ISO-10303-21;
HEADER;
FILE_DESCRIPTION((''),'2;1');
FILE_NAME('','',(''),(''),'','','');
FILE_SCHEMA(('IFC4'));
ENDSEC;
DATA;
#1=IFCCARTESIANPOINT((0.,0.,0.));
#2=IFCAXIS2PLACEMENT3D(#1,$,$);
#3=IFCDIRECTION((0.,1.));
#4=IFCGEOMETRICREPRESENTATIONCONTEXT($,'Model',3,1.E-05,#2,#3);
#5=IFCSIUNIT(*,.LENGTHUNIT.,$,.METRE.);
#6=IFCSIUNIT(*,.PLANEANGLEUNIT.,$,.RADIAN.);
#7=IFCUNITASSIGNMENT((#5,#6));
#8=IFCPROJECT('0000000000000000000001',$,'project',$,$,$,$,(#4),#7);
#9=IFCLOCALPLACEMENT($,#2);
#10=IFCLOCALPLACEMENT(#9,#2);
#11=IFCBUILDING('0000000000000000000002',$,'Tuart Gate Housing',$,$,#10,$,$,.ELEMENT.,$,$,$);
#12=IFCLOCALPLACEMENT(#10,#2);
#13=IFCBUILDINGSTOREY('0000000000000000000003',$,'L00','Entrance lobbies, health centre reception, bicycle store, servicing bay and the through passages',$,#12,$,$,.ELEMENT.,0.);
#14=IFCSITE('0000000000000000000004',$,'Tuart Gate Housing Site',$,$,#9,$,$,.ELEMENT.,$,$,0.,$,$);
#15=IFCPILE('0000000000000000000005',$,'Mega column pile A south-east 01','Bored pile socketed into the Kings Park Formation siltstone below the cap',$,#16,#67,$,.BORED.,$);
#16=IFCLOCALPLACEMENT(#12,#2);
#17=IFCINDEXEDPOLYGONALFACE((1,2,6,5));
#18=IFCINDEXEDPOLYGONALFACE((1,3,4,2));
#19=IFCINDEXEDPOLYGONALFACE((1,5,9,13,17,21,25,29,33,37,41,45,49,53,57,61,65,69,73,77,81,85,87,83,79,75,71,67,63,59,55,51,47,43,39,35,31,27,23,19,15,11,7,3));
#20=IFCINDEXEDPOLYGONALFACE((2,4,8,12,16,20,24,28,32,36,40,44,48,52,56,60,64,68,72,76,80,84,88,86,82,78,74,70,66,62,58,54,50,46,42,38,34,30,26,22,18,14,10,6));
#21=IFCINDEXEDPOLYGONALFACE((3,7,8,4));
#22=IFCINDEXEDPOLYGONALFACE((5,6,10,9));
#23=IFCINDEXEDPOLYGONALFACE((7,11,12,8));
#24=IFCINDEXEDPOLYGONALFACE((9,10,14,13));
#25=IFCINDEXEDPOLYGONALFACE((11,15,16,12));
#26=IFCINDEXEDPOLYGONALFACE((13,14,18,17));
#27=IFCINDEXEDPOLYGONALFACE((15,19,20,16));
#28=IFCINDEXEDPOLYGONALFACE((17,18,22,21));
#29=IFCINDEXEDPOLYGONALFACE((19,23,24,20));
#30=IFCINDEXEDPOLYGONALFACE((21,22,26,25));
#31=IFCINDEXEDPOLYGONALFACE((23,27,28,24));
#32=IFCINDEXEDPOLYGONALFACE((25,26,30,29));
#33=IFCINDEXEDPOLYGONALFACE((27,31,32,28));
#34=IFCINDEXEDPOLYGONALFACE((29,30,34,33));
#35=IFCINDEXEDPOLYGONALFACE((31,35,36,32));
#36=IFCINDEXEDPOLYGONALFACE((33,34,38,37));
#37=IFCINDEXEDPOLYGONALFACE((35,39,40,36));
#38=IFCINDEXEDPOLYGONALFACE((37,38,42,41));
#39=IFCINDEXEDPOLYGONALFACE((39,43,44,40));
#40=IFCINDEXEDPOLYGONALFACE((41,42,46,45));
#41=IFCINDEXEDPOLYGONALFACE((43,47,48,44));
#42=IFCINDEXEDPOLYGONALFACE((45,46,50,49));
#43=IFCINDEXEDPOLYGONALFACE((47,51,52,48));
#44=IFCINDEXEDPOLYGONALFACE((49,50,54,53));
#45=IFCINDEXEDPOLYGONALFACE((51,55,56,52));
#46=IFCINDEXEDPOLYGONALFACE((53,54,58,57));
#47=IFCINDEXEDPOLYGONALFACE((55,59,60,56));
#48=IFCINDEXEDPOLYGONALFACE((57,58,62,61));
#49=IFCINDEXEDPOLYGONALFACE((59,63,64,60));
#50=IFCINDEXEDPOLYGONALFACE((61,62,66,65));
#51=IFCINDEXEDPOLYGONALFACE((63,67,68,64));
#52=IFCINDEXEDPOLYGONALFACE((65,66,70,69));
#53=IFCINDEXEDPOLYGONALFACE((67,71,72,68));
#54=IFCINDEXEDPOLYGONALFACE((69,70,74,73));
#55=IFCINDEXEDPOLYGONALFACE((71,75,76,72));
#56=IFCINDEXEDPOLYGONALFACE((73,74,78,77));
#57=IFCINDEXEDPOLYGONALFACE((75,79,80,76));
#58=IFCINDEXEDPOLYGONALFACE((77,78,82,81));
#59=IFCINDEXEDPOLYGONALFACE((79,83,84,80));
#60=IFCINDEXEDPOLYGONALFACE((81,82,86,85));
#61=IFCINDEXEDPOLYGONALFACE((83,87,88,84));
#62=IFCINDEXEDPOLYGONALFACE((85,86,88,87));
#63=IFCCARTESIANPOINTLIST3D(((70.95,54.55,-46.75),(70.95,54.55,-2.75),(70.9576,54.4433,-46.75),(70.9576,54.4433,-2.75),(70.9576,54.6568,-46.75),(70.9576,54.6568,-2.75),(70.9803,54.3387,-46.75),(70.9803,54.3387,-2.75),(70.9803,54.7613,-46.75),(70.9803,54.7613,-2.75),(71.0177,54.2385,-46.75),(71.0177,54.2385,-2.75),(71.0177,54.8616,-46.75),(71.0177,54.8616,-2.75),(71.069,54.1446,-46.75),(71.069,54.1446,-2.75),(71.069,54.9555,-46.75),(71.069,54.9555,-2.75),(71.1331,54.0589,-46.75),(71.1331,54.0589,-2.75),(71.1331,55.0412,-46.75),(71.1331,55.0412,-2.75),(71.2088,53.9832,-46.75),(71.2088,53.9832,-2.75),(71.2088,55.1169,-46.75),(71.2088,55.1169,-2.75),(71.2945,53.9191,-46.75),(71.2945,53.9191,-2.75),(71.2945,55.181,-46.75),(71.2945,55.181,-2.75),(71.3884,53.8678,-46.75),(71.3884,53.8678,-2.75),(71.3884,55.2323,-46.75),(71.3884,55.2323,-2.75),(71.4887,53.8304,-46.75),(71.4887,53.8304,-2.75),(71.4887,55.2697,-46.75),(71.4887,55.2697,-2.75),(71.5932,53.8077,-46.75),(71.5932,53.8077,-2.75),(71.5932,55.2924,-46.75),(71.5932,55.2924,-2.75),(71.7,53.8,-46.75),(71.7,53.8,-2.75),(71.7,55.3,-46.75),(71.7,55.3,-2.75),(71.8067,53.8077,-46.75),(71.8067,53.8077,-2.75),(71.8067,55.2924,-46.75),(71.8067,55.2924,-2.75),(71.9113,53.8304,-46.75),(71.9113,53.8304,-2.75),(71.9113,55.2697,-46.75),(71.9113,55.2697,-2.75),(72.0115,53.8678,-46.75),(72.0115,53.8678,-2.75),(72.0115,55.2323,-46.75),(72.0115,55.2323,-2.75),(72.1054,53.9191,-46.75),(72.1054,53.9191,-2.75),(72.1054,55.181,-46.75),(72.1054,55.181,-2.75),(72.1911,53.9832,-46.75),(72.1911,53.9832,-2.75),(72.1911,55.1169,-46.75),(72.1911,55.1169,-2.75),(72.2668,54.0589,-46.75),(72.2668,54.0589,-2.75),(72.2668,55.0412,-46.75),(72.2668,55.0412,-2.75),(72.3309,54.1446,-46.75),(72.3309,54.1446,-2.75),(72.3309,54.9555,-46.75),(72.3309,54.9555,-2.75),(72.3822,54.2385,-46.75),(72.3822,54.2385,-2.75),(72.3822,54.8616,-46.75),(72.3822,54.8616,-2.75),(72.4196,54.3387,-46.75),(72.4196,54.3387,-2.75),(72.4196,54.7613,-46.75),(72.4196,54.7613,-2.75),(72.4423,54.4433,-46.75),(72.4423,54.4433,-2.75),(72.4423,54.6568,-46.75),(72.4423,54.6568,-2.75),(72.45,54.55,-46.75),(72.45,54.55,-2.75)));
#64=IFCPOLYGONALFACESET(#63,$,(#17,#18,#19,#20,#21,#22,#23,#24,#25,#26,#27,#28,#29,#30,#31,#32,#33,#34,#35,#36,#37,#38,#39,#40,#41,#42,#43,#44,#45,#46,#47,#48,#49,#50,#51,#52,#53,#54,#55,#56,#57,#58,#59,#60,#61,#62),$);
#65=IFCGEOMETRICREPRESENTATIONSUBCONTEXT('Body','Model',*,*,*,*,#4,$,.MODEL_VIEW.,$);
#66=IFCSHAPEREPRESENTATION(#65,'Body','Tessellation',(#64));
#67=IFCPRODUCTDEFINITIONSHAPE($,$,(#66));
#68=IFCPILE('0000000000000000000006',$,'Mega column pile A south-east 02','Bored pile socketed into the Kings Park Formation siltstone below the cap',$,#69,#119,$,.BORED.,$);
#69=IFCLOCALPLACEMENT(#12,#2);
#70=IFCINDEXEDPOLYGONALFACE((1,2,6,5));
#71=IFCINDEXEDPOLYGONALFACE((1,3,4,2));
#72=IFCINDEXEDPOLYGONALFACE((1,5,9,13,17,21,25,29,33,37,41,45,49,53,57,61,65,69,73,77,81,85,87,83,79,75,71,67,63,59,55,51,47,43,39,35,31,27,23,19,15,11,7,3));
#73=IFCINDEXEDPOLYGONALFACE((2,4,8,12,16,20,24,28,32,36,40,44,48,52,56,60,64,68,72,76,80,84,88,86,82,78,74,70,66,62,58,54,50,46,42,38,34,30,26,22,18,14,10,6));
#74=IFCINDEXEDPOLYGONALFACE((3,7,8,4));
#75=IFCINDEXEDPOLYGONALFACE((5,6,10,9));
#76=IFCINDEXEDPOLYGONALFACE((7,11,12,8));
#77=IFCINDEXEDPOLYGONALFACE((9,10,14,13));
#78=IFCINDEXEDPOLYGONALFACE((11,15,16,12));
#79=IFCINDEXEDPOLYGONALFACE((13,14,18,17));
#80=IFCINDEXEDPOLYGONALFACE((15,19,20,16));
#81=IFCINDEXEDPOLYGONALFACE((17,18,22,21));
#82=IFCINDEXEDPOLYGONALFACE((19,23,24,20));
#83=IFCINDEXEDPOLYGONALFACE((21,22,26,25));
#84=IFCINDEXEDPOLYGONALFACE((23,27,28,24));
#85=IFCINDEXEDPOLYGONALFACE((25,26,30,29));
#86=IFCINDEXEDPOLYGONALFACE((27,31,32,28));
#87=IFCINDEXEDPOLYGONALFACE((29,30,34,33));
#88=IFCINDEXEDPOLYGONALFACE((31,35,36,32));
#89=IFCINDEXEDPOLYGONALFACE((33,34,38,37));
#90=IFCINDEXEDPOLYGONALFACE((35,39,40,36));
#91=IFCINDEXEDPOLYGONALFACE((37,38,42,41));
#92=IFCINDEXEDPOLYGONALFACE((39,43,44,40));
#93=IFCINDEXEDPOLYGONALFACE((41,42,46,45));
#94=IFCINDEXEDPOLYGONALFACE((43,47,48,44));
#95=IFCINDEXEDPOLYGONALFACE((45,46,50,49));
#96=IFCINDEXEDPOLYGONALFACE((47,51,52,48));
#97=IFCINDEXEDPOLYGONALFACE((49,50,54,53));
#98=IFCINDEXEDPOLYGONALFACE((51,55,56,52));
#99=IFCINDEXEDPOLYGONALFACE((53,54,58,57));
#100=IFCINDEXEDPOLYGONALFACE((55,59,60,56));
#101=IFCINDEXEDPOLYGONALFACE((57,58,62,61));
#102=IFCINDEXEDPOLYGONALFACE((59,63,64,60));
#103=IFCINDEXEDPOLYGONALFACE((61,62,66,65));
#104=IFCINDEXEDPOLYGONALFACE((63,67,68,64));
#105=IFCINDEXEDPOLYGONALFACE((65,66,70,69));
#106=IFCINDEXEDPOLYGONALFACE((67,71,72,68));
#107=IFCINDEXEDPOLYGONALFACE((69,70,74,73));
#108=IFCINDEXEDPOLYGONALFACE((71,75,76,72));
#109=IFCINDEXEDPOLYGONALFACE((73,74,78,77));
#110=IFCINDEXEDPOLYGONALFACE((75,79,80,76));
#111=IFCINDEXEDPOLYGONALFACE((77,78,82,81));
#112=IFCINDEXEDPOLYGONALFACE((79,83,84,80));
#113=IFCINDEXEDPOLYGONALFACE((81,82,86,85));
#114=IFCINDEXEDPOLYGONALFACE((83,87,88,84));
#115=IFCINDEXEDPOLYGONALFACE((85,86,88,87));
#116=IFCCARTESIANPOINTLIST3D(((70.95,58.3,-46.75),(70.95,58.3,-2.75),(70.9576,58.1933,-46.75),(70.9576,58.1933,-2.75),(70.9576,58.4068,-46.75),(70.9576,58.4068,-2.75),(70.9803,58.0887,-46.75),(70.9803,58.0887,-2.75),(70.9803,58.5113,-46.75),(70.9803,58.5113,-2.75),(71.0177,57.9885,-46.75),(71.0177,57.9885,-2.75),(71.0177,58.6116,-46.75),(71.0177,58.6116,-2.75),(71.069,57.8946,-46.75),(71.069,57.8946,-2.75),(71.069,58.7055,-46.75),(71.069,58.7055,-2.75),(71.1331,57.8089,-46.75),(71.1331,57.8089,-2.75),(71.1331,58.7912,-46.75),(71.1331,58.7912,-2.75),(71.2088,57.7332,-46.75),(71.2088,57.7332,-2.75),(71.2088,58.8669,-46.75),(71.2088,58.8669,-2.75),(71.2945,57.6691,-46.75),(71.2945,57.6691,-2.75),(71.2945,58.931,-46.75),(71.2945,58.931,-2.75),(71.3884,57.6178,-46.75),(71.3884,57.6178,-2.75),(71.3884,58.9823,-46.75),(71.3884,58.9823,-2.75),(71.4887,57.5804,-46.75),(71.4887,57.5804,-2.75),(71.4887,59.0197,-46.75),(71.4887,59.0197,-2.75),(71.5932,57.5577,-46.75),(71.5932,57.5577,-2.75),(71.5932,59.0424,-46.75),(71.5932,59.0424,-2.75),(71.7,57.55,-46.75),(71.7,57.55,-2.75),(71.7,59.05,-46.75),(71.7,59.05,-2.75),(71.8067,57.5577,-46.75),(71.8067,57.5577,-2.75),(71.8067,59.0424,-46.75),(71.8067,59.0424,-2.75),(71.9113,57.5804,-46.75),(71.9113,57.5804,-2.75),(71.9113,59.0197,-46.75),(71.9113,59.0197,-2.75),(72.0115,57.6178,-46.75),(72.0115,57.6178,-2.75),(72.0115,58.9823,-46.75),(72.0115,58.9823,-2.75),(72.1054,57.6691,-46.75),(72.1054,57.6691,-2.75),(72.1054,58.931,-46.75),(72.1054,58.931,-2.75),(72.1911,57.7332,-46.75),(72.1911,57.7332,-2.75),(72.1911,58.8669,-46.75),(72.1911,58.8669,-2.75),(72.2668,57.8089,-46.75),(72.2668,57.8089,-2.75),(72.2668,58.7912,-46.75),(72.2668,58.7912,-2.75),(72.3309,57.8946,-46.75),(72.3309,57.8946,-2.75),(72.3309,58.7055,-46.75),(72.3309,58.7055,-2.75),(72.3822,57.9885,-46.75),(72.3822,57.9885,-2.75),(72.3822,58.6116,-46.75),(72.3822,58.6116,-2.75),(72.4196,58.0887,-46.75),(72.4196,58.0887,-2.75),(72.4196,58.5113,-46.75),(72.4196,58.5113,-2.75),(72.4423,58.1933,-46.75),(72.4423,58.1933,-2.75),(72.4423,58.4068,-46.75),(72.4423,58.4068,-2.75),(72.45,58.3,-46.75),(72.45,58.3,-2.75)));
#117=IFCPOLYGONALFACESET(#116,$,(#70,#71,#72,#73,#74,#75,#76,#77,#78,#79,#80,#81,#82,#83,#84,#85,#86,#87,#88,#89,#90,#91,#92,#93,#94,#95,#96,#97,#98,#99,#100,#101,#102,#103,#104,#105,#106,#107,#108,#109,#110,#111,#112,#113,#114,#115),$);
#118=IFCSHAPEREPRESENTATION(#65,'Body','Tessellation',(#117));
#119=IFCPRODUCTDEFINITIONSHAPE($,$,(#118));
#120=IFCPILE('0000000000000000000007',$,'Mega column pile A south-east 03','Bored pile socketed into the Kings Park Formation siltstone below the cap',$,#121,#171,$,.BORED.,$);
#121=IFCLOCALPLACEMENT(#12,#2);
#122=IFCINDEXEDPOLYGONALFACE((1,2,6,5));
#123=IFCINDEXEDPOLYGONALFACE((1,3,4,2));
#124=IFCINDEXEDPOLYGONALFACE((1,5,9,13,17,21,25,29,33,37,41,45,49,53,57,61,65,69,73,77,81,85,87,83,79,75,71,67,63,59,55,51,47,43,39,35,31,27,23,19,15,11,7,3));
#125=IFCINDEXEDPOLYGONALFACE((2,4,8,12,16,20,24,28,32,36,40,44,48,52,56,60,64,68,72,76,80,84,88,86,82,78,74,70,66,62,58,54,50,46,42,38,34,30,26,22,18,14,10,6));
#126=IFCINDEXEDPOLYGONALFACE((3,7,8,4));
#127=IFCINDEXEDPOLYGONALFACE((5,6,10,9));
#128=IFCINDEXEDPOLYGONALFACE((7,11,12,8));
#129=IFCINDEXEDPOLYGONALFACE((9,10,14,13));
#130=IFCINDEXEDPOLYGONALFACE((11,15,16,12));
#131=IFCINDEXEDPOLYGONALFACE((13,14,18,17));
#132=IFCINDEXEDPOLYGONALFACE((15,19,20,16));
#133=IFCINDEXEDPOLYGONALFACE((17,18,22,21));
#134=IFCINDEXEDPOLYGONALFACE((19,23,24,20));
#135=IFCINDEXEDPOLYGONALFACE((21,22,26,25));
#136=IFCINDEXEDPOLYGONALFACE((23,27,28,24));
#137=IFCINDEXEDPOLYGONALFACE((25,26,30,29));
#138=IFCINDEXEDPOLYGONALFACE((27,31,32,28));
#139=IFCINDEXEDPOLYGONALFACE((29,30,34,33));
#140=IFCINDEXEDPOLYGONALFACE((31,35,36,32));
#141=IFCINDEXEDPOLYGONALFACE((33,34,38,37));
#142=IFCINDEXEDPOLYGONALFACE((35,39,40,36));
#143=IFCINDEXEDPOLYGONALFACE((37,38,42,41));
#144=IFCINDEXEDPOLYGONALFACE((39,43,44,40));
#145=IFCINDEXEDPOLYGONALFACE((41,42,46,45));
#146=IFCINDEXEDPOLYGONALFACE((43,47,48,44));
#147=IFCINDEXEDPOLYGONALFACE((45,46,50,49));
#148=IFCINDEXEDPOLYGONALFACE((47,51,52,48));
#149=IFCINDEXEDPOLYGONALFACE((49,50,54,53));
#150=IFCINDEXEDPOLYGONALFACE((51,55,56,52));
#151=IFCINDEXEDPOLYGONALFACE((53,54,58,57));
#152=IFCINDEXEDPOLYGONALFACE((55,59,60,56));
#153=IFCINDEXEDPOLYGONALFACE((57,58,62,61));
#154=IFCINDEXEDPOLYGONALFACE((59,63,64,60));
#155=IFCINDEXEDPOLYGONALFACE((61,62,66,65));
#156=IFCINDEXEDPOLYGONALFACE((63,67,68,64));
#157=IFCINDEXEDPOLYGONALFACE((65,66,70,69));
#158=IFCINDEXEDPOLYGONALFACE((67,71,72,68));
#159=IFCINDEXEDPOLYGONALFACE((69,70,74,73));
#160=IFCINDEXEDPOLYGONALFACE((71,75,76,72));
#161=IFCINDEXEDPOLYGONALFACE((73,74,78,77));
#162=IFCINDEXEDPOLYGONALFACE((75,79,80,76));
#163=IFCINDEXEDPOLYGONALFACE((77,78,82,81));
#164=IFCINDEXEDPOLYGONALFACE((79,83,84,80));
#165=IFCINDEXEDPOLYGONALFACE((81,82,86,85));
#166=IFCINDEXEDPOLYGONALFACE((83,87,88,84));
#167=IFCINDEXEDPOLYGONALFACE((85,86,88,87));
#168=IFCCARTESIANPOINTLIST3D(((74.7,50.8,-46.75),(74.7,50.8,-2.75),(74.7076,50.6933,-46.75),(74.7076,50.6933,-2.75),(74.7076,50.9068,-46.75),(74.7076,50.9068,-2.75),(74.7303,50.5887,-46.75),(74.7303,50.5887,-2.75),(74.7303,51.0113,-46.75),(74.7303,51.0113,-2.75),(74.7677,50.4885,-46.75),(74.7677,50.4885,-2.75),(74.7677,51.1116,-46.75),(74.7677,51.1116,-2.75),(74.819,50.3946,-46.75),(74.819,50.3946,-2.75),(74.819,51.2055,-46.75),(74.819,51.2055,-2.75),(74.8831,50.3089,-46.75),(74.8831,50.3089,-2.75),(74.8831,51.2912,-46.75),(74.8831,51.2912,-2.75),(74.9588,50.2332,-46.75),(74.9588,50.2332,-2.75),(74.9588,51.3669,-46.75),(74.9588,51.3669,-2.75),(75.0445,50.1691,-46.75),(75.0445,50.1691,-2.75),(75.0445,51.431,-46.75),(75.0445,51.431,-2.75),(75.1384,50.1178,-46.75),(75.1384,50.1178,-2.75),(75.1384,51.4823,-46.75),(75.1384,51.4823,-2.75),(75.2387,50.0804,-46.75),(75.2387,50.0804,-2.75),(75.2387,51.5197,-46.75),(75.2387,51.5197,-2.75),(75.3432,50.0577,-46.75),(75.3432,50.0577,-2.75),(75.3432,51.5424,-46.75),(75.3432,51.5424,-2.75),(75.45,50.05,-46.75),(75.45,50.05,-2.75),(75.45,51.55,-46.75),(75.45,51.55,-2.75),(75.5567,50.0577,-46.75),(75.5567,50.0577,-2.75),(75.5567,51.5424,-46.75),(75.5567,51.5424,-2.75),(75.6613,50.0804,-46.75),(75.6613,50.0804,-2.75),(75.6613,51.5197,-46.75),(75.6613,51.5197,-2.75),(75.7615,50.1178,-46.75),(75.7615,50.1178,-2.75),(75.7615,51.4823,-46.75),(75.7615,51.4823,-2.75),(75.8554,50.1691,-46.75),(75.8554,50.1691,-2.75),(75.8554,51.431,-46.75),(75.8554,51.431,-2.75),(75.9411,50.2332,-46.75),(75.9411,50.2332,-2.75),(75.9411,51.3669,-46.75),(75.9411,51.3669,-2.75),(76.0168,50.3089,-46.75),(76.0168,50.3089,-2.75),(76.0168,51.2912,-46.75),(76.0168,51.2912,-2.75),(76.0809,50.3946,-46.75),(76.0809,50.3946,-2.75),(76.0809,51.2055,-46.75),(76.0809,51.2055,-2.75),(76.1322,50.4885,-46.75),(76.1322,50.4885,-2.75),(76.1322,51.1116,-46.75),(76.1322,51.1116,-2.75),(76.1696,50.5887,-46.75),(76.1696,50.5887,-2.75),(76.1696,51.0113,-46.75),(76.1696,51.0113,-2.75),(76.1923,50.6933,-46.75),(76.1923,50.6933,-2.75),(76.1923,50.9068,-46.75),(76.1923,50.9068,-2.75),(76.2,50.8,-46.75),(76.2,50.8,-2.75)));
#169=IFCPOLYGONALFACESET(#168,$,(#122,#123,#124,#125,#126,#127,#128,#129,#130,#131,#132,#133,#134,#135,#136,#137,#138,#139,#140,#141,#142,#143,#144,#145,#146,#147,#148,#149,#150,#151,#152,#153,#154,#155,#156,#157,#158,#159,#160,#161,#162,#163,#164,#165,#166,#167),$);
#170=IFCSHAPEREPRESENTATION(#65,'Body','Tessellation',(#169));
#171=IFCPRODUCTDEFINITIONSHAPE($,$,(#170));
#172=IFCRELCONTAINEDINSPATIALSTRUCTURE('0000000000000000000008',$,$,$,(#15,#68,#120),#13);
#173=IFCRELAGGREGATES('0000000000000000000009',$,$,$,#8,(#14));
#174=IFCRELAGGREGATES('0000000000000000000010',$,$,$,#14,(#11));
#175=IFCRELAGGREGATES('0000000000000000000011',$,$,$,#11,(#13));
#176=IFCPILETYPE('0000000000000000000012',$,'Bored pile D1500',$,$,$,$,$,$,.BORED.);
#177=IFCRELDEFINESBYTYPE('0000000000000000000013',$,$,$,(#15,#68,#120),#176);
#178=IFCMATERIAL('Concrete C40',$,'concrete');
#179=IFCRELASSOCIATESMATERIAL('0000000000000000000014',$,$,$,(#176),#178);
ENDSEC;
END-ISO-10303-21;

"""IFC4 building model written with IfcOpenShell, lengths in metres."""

from ifc_helpers import new_model, si_unit, direction, frame, origin, origin_2d, place, context, subcontext, project, spatial, circle, extrude, material, material_profile, profile_set, type_object, element, save


model = new_model("IFC4")

# Units and contexts
model_context = context("Model", 3, precision=1e-05, world=origin(), true_north=direction((0.0, 1.0)))
body_context = subcontext(model_context, "Body", "Model", "MODEL_VIEW")
ifc_project = project(units=[si_unit("LENGTHUNIT", "METRE"), si_unit("PLANEANGLEUNIT", "RADIAN")], contexts=[model_context])

# Site, building, storey
site_placement = place(None, origin())
site = spatial("IfcSite", under=ifc_project, at=site_placement, Name="Tuart Gate Housing Site", CompositionType="ELEMENT", RefElevation=0.0)
building_placement = place(site_placement, origin())
building = spatial("IfcBuilding", under=site, at=building_placement, Name="Tuart Gate Housing", CompositionType="ELEMENT")
storey_placement = place(building_placement, origin())
storey = spatial("IfcBuildingStorey", under=building, at=storey_placement, Name="L00", Description="Entrance lobbies, health centre reception, bicycle store, servicing bay and the through passages", CompositionType="ELEMENT", Elevation=0.0)

# Piles
ifc_material_1 = material(Name="Concrete C40", Category="concrete")
ifc_material_profile_1 = material_profile(ifc_material_1, circle(Radius=0.75, at=origin_2d()), Name="Bored pile D1500")
ifc_profile_set_1 = profile_set([ifc_material_profile_1], Name="Concrete C40")
pile_type = type_object("IfcPileType", Name="Bored pile D1500", PredefinedType="BORED", material=ifc_profile_set_1)
for number, where, z_axis, x_axis, name in (
    (1, (71.7, 54.55, -2.75), (0.0, 0.0, -1.0), (1.0, 0.0, 0.0), "Mega column pile A south-east 01"),
    (2, (71.7, 58.3, -2.75), (0.0, 0.0, -1.0), (1.0, 0.0, 0.0), "Mega column pile A south-east 02"),
    (3, (75.45, 50.8, -2.75), (0.0, 0.0, -1.0), (1.0, 0.0, 0.0), "Mega column pile A south-east 03"),
):
    element("IfcPile", number, at=place(storey_placement, frame(where, z_axis=z_axis, x_axis=x_axis)), inside=storey, type_object=pile_type, Name=name, Description="Bored pile socketed into the Kings Park Formation siltstone below the cap", PredefinedType="BORED", context=body_context, shape_type="SweptSolid", body=[
        extrude(circle(Radius=0.75, at=origin_2d()), origin(), (0.0, 0.0, 1.0), 44.0),
    ])

save(model, "model.ifc")
